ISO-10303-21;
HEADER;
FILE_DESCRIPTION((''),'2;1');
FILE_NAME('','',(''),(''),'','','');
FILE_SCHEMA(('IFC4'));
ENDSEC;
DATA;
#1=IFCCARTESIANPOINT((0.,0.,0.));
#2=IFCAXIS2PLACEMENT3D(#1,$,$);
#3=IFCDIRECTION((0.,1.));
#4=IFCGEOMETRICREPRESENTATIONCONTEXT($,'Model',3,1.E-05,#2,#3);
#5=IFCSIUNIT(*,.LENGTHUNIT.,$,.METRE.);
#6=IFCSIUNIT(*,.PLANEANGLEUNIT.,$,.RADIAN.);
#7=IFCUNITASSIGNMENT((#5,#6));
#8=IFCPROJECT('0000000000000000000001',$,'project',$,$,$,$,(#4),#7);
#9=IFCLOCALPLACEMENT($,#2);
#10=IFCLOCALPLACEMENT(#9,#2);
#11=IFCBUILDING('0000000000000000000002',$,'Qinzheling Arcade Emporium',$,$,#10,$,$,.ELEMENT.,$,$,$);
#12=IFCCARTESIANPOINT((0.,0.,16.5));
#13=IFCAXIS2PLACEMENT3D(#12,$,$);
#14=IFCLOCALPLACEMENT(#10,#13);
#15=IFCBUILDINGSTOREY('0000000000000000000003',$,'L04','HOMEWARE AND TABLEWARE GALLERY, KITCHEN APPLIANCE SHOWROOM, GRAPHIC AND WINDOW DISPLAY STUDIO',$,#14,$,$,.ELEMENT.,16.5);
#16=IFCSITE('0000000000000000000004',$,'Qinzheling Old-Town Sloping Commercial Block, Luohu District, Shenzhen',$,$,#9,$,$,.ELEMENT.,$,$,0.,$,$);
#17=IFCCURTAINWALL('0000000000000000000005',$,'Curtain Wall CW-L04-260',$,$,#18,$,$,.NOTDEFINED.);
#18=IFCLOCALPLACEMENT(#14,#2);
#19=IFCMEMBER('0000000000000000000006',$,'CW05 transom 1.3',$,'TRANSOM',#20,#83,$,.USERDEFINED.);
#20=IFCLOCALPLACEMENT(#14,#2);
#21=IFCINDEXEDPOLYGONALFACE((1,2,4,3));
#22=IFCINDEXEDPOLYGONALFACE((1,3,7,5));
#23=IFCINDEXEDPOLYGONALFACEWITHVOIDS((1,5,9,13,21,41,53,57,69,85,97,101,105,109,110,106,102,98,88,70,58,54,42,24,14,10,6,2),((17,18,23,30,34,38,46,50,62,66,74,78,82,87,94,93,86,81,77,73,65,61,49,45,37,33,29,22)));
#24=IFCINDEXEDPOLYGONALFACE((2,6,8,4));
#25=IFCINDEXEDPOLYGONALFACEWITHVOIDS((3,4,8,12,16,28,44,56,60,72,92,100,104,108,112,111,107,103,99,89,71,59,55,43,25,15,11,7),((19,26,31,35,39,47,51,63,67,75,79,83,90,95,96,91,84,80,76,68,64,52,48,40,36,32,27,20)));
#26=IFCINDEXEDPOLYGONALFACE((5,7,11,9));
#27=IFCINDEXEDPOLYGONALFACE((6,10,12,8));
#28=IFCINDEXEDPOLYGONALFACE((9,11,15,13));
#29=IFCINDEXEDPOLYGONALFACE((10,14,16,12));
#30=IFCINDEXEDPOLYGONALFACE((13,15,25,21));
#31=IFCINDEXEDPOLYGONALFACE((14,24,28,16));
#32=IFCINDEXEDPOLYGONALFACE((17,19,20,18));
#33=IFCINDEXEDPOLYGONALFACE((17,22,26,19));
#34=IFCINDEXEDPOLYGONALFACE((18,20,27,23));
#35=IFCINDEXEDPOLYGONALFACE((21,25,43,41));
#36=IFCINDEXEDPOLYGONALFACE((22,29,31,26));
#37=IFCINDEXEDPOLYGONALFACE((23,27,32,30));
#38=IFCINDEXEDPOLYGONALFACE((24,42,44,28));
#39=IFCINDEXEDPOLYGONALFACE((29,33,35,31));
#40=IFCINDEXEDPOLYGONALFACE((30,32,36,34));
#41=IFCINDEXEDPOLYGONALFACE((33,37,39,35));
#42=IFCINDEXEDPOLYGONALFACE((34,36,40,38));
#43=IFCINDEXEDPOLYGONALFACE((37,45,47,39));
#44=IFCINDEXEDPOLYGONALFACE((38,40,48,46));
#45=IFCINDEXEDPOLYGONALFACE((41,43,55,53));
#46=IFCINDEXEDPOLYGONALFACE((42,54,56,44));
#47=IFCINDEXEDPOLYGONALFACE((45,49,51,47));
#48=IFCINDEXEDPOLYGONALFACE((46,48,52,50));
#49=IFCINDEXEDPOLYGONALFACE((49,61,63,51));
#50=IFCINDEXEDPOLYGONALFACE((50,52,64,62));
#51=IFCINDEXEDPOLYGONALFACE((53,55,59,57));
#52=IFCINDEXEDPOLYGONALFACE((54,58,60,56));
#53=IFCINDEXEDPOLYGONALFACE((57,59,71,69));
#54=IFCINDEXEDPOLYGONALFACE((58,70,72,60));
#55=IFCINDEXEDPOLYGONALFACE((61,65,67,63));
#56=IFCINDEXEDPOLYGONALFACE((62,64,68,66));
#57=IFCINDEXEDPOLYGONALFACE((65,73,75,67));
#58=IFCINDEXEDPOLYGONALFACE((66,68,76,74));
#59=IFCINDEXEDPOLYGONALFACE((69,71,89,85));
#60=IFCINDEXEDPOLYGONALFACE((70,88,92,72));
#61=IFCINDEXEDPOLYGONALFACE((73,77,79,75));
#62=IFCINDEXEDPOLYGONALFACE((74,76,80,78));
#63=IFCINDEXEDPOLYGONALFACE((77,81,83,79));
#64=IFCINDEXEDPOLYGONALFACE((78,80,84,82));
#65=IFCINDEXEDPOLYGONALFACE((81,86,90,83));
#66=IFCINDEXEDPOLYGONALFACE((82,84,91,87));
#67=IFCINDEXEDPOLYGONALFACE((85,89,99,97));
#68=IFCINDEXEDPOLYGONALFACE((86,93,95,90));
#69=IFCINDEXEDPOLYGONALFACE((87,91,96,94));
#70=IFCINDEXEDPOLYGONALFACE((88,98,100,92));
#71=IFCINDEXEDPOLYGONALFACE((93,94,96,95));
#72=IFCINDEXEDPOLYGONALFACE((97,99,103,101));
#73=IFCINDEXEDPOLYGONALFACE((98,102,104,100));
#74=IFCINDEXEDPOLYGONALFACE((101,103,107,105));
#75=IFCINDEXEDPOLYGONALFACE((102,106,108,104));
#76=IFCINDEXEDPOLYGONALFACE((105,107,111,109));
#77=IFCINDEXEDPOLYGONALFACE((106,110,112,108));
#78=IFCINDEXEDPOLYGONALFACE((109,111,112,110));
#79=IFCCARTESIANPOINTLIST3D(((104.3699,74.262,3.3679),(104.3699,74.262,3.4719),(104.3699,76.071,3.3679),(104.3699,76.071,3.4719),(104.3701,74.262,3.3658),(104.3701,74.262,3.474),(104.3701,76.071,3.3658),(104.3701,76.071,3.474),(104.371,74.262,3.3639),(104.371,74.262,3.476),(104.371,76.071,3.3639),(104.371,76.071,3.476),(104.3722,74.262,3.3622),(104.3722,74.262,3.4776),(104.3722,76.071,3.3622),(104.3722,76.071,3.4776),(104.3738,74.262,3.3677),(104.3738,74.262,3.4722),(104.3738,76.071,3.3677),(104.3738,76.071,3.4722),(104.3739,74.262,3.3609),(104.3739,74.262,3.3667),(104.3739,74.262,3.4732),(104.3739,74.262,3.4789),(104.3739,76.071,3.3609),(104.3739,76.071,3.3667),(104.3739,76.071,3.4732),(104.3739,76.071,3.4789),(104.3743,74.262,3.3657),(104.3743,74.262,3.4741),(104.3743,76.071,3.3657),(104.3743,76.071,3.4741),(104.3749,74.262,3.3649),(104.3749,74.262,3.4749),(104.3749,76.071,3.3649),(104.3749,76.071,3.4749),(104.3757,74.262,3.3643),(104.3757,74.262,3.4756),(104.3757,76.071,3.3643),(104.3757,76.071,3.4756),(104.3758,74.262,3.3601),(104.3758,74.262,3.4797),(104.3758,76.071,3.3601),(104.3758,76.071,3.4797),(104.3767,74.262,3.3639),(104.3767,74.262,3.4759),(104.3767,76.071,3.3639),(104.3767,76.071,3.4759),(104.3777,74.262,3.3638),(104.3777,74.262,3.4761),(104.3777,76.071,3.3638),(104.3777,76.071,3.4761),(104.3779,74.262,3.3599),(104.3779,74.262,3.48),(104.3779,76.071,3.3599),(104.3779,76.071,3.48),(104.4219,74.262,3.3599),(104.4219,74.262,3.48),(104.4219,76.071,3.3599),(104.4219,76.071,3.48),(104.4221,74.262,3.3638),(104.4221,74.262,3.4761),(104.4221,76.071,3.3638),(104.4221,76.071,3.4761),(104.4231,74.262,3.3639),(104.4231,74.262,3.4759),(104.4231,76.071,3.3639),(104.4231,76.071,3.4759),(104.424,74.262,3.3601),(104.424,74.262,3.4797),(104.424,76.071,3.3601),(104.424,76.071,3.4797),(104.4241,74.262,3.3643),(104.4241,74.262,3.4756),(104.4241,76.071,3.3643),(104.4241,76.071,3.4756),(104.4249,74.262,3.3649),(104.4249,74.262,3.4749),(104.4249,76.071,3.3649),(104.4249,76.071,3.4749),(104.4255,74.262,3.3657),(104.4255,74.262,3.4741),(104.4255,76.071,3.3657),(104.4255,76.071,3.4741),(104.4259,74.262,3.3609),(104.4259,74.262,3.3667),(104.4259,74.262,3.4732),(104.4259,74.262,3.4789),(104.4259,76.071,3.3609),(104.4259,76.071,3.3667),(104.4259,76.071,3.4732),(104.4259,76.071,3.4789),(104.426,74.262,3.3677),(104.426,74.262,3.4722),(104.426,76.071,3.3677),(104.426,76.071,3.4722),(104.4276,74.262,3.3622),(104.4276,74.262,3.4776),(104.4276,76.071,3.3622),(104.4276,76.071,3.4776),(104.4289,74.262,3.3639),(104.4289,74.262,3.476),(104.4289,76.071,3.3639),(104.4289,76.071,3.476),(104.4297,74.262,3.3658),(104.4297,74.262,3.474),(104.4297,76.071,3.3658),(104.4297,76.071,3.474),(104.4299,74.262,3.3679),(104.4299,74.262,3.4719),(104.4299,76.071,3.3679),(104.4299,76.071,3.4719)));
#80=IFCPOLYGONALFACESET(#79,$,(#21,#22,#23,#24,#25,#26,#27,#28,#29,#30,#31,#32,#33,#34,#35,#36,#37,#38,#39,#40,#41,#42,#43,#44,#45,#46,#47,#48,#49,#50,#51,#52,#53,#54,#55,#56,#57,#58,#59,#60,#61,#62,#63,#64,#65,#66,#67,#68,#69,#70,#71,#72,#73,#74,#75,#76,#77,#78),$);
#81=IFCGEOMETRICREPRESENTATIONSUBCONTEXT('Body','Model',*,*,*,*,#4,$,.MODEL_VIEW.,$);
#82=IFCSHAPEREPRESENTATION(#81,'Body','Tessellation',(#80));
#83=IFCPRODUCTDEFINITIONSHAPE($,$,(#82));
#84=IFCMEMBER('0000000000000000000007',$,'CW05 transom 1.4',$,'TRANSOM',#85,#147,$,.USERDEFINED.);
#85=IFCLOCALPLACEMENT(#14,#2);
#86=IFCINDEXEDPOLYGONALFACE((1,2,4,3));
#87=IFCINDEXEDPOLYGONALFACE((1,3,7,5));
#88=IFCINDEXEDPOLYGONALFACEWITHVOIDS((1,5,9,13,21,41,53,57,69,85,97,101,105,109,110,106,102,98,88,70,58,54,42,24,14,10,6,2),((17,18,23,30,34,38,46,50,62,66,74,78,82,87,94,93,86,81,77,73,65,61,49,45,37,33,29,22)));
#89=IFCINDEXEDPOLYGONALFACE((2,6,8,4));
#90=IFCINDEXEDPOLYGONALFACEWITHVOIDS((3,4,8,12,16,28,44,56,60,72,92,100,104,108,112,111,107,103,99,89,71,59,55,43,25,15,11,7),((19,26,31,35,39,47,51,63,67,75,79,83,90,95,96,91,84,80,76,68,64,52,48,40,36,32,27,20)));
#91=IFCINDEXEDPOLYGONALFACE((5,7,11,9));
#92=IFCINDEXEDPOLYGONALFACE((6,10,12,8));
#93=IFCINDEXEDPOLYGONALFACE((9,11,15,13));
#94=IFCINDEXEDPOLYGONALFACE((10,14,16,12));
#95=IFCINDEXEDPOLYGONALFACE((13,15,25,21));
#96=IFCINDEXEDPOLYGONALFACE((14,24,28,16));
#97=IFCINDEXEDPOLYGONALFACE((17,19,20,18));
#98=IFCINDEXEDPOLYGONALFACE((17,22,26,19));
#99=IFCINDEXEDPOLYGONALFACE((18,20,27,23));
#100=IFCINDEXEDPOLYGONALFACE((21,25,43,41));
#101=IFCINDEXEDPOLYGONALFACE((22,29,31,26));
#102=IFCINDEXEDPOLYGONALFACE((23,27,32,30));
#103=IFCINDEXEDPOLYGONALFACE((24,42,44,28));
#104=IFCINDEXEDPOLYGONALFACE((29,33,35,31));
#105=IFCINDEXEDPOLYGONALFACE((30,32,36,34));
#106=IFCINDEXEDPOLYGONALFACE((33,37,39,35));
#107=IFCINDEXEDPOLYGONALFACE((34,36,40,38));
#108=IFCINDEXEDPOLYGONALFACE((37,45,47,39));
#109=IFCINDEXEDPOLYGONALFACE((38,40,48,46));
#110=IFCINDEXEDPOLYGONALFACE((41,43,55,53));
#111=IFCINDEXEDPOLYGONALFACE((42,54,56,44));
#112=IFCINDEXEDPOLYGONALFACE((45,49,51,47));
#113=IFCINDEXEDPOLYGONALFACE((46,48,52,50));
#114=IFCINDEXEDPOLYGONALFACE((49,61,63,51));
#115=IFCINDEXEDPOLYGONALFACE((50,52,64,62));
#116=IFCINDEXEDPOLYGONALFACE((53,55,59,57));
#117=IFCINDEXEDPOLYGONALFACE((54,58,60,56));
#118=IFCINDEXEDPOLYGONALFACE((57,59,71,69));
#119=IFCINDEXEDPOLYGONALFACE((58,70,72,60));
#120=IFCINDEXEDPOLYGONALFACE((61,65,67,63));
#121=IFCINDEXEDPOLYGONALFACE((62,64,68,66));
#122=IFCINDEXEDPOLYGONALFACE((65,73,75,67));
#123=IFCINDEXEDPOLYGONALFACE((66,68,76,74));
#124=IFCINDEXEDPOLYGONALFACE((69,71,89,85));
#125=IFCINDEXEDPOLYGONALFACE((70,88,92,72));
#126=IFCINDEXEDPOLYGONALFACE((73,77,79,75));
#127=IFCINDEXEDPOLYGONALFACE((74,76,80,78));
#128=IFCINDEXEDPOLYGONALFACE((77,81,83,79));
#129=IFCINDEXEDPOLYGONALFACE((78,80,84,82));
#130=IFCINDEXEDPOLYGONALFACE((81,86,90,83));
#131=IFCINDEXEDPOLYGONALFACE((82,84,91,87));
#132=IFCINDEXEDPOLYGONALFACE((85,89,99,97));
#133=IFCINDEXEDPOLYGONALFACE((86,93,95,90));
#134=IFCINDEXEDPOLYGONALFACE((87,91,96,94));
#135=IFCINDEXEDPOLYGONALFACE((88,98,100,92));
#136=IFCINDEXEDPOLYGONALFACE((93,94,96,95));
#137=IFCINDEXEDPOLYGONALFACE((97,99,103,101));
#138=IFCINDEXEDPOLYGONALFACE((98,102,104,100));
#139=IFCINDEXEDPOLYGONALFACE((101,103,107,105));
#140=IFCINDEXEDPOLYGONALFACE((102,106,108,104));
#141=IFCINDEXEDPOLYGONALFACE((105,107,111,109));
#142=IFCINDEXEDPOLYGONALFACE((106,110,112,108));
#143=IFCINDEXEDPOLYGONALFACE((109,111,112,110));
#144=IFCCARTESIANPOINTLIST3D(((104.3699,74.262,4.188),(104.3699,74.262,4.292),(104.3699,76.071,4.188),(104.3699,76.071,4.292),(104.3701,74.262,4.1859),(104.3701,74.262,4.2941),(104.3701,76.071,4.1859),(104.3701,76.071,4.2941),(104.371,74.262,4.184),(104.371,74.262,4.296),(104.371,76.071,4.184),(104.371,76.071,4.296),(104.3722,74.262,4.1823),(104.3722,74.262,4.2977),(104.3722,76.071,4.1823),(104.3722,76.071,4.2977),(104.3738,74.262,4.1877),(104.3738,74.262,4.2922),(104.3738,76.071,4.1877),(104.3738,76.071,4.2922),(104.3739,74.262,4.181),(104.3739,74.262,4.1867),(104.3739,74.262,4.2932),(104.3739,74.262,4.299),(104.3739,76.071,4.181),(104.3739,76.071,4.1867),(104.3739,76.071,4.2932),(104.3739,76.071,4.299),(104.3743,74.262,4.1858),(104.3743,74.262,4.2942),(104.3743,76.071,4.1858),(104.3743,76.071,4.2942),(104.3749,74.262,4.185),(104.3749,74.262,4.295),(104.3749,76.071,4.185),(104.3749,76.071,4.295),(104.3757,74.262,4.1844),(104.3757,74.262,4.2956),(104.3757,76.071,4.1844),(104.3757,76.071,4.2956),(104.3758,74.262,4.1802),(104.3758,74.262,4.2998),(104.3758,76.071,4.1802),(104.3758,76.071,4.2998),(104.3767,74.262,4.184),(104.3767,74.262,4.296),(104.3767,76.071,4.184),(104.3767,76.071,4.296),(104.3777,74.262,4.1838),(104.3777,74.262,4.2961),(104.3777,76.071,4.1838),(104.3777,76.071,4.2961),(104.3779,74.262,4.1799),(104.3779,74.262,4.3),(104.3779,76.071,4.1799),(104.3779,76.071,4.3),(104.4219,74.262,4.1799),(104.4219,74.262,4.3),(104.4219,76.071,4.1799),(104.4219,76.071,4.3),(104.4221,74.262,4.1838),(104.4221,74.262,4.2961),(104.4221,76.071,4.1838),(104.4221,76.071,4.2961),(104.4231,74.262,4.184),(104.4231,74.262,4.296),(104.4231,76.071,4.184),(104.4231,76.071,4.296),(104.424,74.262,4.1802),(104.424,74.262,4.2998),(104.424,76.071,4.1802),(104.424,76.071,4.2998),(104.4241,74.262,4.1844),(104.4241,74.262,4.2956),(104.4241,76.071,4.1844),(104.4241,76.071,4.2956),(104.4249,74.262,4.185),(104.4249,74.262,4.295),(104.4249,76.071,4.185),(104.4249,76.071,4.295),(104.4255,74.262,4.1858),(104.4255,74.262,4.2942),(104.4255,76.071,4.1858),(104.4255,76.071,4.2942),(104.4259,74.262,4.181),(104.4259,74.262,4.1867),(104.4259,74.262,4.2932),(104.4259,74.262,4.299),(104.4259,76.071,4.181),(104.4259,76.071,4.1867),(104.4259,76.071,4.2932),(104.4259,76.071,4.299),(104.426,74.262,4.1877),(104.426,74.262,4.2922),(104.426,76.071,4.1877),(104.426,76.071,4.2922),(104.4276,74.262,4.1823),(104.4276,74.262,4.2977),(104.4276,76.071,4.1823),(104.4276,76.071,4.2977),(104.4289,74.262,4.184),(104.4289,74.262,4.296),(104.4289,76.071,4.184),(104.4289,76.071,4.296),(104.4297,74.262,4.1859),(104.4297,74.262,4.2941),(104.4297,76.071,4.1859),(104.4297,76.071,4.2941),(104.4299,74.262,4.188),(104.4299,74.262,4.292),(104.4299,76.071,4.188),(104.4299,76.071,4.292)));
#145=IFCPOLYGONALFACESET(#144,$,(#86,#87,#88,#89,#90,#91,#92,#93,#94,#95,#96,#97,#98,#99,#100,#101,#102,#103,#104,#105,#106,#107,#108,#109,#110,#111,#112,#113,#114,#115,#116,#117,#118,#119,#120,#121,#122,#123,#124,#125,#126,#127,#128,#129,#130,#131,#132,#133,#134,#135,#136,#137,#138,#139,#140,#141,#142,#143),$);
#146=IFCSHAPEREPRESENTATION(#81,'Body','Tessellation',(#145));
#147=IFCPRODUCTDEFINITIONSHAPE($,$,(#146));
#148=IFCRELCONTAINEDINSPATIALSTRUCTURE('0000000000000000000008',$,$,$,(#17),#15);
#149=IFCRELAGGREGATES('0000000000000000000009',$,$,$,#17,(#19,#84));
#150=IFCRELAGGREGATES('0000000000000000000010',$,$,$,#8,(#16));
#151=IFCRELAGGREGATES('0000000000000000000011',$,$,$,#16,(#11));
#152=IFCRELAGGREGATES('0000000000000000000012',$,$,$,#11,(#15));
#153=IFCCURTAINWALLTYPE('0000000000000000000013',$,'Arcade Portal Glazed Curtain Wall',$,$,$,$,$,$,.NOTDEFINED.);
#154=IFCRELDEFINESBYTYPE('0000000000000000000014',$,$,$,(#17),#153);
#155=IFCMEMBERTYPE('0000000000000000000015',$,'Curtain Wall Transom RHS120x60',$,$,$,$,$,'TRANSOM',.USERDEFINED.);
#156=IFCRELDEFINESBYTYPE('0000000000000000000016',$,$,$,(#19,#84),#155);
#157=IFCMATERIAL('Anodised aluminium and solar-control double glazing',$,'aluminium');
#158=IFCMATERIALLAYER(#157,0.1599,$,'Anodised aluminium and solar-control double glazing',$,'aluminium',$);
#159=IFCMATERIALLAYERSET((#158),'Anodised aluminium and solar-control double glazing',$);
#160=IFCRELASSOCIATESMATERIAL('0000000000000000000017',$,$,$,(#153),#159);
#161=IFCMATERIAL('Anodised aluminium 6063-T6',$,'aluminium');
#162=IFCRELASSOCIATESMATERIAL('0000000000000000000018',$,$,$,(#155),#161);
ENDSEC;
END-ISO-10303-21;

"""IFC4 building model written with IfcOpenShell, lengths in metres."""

from ifc_helpers import new_model, si_unit, direction, frame, origin, origin_2d, place, context, subcontext, project, spatial, hollow_rectangle, extrude, material, layer, layer_set, material_profile, profile_set, type_object, element, aggregate, save


model = new_model("IFC4")

# Units and contexts
model_context = context("Model", 3, precision=1e-05, world=origin(), true_north=direction((0.0, 1.0)))
body_context = subcontext(model_context, "Body", "Model", "MODEL_VIEW")
ifc_project = project(units=[si_unit("LENGTHUNIT", "METRE"), si_unit("PLANEANGLEUNIT", "RADIAN")], contexts=[model_context])

# Site, building, storey
site_placement = place(None, origin())
site = spatial("IfcSite", under=ifc_project, at=site_placement, Name="Qinzheling Old-Town Sloping Commercial Block, Luohu District, Shenzhen", CompositionType="ELEMENT", RefElevation=0.0)
building_placement = place(site_placement, origin())
building = spatial("IfcBuilding", under=site, at=building_placement, Name="Qinzheling Arcade Emporium", CompositionType="ELEMENT")
storey_placement = place(building_placement, frame((0.0, 0.0, 16.5)))
storey = spatial("IfcBuildingStorey", under=building, at=storey_placement, Name="L04", Description="HOMEWARE AND TABLEWARE GALLERY, KITCHEN APPLIANCE SHOWROOM, GRAPHIC AND WINDOW DISPLAY STUDIO", CompositionType="ELEMENT", Elevation=16.5)

# Curtain wall
ifc_material_1 = material(Name="Anodised aluminium and solar-control double glazing", Category="aluminium")
ifc_layer_1 = layer(ifc_material_1, 0.1599, Name="Anodised aluminium and solar-control double glazing", Category="aluminium")
ifc_layer_set_1 = layer_set([ifc_layer_1], Name="Anodised aluminium and solar-control double glazing")
curtain_wall_type = type_object("IfcCurtainWallType", Name="Arcade Portal Glazed Curtain Wall", PredefinedType="NOTDEFINED", material=ifc_layer_set_1)
curtain_wall_1_placement = place(storey_placement, origin())
curtain_wall_1 = element("IfcCurtainWall", 1, at=curtain_wall_1_placement, inside=storey, type_object=curtain_wall_type, Name="Curtain Wall CW-L04-260", PredefinedType="NOTDEFINED")
ifc_material_2 = material(Name="Anodised aluminium 6063-T6", Category="aluminium")

# Members
ifc_material_profile_1 = material_profile(ifc_material_2, hollow_rectangle(XDim=0.0601, YDim=0.1201, WallThickness=0.0039, InnerFilletRadius=0.0039, OuterFilletRadius=0.0081, at=origin_2d()), Name="RHS 120x60x4", Category="aluminium")
ifc_profile_set_1 = profile_set([ifc_material_profile_1], Name="Anodised aluminium 6063-T6")
member_type_1 = type_object("IfcMemberType", Name="Curtain Wall Transom RHS120x60", ElementType="TRANSOM", PredefinedType="USERDEFINED", material=ifc_profile_set_1)
member_1_placement = place(storey_placement, frame((104.3999, 74.262, 3.4199), z_axis=(0.0, 1.0, 0.0), x_axis=(-1.0, 0.0, 0.0)))
member_1 = element("IfcMember", 2, at=member_1_placement, type_object=member_type_1, Name="CW05 transom 1.3", ObjectType="TRANSOM", PredefinedType="USERDEFINED", context=body_context, shape_type="SweptSolid", body=[
    extrude(hollow_rectangle(XDim=0.0601, YDim=0.1201, WallThickness=0.0039, InnerFilletRadius=0.0039, OuterFilletRadius=0.0081, at=origin_2d()), origin(), (0.0, 0.0, 1.0), 1.8091),
])
member_2_placement = place(storey_placement, frame((104.3999, 74.262, 4.24), z_axis=(0.0, 1.0, 0.0), x_axis=(-1.0, 0.0, 0.0)))
member_2 = element("IfcMember", 3, at=member_2_placement, type_object=member_type_1, Name="CW05 transom 1.4", ObjectType="TRANSOM", PredefinedType="USERDEFINED", context=body_context, shape_type="SweptSolid", body=[
    extrude(hollow_rectangle(XDim=0.0601, YDim=0.1201, WallThickness=0.0039, InnerFilletRadius=0.0039, OuterFilletRadius=0.0081, at=origin_2d()), origin(), (0.0, 0.0, 1.0), 1.8091),
])

aggregate(curtain_wall_1, [member_1, member_2])

save(model, "model.ifc")
